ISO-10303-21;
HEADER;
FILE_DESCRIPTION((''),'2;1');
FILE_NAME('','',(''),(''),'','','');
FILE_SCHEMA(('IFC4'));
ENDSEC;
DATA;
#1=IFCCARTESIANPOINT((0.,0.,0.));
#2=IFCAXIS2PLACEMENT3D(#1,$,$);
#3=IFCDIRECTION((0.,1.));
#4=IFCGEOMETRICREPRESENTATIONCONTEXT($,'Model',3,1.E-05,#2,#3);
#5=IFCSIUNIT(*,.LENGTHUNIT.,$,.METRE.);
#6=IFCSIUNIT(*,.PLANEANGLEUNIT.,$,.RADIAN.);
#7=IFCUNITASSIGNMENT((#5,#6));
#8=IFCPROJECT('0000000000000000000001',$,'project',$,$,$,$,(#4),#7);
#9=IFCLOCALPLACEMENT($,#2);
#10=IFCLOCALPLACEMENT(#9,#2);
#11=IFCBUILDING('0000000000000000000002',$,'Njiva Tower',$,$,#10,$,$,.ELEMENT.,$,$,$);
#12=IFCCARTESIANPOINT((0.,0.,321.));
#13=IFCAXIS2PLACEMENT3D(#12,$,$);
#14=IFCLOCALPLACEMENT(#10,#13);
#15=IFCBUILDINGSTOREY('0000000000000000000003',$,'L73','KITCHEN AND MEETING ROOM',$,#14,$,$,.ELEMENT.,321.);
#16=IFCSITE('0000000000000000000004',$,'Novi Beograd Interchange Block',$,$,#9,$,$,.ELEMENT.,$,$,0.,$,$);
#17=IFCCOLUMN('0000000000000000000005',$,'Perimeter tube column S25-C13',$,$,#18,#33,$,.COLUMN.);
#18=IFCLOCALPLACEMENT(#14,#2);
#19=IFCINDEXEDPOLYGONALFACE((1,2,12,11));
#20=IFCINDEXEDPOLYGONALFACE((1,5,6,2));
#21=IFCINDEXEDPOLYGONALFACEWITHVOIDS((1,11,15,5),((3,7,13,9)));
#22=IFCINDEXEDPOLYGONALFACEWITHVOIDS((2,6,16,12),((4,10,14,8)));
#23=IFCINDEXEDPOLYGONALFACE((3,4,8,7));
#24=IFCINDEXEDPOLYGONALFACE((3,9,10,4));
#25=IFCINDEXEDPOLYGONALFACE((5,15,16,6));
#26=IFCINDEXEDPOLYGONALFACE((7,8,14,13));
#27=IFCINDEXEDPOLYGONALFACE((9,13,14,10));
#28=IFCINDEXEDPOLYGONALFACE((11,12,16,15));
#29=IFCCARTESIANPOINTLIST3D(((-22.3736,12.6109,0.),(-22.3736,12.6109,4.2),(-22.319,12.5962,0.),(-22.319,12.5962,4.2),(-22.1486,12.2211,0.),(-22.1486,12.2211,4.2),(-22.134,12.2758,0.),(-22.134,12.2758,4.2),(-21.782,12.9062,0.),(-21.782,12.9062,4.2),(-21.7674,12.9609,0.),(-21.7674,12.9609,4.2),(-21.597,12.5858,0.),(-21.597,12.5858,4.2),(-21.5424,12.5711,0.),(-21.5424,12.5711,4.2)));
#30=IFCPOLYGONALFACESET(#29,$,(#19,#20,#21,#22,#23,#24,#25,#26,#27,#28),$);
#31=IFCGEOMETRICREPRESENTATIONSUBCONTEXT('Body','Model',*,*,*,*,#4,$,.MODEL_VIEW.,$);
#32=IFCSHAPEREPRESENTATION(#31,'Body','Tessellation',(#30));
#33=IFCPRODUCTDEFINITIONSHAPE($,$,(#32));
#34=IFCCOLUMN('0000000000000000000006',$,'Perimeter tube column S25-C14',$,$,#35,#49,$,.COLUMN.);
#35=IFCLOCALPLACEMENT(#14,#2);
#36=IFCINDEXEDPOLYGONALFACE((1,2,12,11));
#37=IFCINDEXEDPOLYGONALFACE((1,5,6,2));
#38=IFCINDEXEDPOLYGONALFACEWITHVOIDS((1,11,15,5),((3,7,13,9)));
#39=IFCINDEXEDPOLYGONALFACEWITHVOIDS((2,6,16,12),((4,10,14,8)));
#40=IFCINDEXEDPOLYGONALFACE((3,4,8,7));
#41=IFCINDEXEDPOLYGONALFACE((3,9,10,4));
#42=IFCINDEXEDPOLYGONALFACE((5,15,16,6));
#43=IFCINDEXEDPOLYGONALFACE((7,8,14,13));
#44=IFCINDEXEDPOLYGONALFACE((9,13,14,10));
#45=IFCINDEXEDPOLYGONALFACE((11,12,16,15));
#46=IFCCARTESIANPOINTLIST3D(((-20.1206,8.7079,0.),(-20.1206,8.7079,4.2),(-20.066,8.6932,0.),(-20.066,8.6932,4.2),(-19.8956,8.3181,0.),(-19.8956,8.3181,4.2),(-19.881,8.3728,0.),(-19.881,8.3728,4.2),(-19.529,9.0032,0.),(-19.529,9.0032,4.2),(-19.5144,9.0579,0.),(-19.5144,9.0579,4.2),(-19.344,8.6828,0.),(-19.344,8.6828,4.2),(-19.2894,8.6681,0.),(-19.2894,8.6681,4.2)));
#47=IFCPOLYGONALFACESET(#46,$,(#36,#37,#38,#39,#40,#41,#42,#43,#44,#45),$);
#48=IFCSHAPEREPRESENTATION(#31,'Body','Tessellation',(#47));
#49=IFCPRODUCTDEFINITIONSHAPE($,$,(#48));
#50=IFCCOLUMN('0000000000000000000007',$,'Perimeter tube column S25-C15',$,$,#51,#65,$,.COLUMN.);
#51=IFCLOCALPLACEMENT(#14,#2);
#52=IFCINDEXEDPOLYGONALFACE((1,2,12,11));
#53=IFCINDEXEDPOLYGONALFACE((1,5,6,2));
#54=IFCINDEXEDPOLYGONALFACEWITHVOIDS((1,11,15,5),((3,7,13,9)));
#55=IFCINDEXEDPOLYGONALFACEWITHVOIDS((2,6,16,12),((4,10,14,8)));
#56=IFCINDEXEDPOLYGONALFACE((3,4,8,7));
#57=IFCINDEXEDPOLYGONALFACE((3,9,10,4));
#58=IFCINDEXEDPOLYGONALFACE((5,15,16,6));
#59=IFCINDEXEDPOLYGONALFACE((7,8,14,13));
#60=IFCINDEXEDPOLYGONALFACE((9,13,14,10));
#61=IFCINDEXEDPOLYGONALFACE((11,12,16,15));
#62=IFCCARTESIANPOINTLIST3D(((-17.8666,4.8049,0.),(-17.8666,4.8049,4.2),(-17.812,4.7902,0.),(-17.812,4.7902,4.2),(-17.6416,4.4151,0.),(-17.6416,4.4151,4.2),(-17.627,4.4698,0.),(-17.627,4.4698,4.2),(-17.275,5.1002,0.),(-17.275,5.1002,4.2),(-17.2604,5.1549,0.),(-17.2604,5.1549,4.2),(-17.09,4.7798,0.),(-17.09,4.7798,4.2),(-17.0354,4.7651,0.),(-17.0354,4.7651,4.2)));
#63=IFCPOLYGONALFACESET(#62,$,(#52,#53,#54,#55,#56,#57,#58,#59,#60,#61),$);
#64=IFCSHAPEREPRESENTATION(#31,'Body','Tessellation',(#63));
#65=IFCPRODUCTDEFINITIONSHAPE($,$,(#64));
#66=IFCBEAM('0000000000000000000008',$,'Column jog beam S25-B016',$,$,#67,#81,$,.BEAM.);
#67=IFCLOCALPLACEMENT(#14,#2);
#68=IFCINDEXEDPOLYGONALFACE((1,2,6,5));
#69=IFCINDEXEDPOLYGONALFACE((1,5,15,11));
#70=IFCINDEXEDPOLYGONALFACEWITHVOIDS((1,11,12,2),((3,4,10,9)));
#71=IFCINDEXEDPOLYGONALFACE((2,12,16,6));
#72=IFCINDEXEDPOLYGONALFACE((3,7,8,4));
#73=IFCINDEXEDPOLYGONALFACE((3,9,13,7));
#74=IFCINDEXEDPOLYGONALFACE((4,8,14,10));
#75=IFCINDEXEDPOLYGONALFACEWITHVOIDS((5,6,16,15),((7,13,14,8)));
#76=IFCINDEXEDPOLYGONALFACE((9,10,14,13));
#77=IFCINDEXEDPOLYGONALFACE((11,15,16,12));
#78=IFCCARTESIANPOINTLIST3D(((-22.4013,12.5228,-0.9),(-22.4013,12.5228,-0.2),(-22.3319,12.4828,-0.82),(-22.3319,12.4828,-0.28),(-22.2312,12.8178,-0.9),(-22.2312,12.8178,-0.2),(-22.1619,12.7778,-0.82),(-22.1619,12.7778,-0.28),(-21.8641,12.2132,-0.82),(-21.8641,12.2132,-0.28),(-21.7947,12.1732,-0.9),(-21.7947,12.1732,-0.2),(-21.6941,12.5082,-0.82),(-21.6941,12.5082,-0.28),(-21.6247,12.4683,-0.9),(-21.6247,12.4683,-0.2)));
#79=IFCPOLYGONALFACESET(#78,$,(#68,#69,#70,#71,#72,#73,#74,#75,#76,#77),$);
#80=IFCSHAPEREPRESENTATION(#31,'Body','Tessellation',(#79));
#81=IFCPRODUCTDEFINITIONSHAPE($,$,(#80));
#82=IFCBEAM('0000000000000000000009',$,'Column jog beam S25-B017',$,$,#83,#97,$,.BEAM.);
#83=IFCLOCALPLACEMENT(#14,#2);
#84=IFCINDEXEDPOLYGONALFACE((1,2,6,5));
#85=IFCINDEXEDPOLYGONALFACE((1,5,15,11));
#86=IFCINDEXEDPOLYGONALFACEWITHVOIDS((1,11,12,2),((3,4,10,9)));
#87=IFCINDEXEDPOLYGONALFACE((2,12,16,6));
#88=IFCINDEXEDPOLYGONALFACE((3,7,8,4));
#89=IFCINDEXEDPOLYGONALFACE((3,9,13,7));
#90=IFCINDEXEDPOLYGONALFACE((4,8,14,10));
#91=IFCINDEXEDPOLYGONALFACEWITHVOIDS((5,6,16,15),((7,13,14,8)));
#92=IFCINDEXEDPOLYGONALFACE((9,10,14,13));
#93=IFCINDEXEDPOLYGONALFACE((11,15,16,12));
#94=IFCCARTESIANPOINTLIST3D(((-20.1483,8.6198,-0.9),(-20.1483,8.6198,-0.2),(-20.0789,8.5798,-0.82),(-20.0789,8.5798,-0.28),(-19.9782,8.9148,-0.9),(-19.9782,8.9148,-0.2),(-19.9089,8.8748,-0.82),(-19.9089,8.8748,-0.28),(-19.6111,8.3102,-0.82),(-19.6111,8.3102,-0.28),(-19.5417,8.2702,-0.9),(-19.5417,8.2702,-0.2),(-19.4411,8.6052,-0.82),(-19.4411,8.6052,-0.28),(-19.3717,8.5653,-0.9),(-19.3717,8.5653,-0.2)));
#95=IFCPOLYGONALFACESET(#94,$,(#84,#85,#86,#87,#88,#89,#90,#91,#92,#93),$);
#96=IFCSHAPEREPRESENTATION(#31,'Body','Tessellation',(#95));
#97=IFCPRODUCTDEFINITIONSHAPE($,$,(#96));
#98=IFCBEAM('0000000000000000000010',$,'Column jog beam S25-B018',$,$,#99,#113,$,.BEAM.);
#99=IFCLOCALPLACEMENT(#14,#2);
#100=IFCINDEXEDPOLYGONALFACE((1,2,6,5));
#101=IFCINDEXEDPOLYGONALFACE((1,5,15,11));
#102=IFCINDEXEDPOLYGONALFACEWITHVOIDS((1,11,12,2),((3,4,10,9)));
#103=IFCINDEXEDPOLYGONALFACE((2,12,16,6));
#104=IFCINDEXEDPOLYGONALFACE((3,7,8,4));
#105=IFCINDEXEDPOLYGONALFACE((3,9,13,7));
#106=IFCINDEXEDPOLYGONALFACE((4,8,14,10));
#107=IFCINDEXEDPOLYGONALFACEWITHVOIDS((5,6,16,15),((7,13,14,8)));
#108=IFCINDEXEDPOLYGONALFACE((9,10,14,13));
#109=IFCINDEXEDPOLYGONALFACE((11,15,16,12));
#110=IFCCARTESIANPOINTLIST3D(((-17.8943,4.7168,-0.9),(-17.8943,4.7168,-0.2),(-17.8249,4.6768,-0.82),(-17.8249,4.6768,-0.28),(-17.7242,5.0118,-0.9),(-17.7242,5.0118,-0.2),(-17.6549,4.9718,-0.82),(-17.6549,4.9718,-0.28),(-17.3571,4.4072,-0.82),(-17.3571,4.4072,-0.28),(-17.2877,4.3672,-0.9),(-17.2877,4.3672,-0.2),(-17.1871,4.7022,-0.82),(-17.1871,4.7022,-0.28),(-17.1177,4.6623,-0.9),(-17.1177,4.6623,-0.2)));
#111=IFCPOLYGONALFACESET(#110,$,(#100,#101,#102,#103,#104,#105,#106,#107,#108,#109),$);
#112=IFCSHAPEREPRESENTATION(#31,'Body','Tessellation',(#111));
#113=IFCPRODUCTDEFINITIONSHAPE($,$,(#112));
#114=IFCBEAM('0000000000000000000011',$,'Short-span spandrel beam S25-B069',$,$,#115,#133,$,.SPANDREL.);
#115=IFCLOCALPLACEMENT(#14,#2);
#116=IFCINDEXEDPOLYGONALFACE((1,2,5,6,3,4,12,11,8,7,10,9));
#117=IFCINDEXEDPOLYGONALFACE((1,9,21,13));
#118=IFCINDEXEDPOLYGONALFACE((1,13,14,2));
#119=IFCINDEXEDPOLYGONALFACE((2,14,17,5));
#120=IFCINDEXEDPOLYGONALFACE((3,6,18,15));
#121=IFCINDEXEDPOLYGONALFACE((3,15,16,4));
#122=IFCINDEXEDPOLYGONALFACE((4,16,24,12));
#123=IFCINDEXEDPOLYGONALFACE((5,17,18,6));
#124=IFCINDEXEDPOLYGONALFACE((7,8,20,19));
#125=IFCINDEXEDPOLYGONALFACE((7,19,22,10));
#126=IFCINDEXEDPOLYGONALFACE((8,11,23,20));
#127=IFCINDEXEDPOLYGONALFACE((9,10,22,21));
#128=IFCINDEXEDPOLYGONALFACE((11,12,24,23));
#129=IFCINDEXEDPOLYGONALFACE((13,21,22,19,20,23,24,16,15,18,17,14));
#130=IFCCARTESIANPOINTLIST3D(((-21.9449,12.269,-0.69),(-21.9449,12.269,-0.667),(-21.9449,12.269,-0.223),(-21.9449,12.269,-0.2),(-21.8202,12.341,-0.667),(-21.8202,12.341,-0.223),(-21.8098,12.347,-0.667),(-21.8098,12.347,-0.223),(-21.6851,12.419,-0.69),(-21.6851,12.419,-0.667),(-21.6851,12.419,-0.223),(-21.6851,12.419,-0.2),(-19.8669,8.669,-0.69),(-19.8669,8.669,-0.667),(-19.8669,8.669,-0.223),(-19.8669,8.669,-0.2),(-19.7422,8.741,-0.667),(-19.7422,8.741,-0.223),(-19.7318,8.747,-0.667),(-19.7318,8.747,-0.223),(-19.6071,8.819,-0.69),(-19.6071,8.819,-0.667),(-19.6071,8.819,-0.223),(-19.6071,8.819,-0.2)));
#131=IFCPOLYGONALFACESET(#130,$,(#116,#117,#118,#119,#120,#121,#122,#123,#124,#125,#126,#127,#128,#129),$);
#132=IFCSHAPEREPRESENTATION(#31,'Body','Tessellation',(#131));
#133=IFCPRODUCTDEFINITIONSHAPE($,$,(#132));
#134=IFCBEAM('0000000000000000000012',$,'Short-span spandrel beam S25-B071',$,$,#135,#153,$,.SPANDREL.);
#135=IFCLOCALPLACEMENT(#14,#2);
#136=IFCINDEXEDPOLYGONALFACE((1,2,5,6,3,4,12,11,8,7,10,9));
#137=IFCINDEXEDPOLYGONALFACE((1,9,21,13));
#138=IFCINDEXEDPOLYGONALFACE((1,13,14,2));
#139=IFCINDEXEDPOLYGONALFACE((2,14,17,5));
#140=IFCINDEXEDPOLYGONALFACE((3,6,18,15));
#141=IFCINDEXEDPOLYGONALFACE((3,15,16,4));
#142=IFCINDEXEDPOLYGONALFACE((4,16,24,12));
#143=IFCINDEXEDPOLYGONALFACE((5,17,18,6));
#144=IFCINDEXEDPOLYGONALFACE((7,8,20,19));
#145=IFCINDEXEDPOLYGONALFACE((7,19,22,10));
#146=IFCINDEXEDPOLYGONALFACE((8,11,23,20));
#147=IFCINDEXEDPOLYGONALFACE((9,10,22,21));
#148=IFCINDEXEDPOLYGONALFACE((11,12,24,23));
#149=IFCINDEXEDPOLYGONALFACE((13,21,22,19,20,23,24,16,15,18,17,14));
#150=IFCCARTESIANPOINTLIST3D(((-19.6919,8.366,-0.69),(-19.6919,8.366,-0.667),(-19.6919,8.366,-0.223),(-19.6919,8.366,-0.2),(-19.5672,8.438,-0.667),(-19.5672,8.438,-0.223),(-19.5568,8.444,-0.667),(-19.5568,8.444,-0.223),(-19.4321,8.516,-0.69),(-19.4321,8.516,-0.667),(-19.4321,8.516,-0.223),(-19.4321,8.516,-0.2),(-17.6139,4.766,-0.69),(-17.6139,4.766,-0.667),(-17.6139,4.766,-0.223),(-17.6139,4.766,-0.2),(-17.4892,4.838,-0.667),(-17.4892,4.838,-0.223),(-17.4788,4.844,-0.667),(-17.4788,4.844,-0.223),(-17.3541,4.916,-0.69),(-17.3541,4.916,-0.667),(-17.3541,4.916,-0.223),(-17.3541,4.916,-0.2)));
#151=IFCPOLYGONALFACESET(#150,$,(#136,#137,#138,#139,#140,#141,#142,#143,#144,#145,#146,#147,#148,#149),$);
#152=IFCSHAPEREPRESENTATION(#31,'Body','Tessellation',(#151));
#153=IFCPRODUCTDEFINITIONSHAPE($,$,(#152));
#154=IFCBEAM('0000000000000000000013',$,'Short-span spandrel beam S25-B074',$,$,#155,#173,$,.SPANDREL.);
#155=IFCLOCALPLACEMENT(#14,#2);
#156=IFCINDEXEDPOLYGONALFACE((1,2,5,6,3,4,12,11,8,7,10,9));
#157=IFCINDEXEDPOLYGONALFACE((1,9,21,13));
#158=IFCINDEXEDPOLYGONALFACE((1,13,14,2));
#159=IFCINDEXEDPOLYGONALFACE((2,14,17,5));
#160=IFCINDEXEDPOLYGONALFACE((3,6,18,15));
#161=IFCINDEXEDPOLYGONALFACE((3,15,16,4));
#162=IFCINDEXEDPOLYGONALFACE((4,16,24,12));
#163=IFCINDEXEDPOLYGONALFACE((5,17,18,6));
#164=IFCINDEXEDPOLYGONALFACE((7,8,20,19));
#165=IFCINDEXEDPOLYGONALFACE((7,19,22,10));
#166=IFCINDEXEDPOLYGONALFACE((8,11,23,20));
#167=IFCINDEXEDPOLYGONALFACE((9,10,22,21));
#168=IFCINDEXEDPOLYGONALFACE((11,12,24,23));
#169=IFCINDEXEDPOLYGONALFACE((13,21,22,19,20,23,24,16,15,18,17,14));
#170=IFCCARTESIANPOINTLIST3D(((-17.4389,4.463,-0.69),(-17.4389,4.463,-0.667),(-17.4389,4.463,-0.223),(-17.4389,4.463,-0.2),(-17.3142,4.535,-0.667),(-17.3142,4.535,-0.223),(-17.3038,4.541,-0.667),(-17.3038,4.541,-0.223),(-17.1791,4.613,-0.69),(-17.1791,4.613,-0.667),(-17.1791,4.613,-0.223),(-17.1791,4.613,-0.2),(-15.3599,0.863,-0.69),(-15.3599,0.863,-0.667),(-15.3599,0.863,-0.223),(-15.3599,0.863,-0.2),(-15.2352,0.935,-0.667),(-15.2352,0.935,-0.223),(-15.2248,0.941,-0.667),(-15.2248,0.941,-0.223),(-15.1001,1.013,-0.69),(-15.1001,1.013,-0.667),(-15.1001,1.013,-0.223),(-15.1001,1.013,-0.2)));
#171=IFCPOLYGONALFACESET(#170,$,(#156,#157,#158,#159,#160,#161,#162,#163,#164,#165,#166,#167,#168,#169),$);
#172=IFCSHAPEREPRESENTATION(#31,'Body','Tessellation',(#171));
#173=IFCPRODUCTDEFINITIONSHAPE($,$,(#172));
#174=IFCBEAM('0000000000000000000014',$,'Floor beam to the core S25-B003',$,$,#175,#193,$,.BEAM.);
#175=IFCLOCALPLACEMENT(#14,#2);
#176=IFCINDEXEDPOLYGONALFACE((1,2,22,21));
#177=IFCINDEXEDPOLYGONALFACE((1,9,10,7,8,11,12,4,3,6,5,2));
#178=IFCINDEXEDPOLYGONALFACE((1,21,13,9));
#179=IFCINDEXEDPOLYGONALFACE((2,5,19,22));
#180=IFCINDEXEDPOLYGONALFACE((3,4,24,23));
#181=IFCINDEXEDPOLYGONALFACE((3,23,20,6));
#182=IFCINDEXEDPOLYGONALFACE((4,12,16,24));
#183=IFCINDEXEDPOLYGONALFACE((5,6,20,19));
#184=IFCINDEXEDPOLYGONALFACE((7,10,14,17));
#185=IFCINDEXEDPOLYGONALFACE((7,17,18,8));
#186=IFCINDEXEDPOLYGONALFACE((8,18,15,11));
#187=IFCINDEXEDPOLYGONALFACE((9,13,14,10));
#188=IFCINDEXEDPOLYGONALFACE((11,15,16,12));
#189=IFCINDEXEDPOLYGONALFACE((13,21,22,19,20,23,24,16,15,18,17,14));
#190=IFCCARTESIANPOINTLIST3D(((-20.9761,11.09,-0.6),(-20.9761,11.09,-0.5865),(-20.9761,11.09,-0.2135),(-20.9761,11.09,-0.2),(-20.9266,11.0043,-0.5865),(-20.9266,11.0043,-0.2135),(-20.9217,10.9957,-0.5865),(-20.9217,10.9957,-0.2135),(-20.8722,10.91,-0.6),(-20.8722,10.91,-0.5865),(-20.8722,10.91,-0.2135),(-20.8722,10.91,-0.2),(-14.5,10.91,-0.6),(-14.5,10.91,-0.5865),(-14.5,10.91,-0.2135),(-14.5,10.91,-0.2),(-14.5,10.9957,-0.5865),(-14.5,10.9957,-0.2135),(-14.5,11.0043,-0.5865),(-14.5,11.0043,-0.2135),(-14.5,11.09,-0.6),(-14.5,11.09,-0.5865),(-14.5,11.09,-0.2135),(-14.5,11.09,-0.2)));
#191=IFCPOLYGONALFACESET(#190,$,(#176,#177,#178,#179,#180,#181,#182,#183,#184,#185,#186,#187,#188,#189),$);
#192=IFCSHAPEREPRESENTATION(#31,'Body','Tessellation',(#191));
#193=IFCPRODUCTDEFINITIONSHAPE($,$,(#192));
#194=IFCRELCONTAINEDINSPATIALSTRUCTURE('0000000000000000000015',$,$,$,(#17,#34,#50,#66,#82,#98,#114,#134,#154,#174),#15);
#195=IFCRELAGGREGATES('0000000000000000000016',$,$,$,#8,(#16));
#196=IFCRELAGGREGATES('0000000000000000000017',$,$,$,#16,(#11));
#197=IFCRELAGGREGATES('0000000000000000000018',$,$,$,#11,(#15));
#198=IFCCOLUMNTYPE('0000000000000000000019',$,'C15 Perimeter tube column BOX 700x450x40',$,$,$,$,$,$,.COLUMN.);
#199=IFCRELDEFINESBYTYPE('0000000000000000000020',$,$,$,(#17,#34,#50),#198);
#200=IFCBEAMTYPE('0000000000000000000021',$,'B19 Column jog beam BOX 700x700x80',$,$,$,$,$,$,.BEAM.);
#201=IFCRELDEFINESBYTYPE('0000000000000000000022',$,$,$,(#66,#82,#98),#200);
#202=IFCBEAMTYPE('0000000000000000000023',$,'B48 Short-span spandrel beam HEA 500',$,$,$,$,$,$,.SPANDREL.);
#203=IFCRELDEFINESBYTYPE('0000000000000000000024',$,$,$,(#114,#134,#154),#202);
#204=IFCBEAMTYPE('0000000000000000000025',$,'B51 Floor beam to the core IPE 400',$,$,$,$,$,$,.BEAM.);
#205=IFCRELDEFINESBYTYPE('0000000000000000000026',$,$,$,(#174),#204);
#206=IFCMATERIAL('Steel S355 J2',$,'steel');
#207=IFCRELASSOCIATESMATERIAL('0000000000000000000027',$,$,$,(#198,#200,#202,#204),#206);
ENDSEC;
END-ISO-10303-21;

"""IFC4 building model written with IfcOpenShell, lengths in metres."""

from ifc_helpers import new_model, si_unit, direction, frame, origin, origin_2d, place, context, subcontext, project, spatial, hollow_rectangle, i_section, extrude, clip, halfspace, material, material_profile, profile_set, type_object, element, save


model = new_model("IFC4")

# Units and contexts
model_context = context("Model", 3, precision=1e-05, world=origin(), true_north=direction((0.0, 1.0)))
body_context = subcontext(model_context, "Body", "Model", "MODEL_VIEW")
ifc_project = project(units=[si_unit("LENGTHUNIT", "METRE"), si_unit("PLANEANGLEUNIT", "RADIAN")], contexts=[model_context])

# Site, building, storey
site_placement = place(None, origin())
site = spatial("IfcSite", under=ifc_project, at=site_placement, Name="Novi Beograd Interchange Block", CompositionType="ELEMENT", RefElevation=0.0)
building_placement = place(site_placement, origin())
building = spatial("IfcBuilding", under=site, at=building_placement, Name="Njiva Tower", CompositionType="ELEMENT")
storey_placement = place(building_placement, frame((0.0, 0.0, 321.0)))
storey = spatial("IfcBuildingStorey", under=building, at=storey_placement, Name="L73", Description="KITCHEN AND MEETING ROOM", CompositionType="ELEMENT", Elevation=321.0)

# Columns
ifc_material_1 = material(Name="Steel S355 J2", Category="steel")
ifc_material_profile_1 = material_profile(ifc_material_1, hollow_rectangle(XDim=0.45, YDim=0.7, WallThickness=0.04, at=origin_2d()), Name="BOX 700x450x40")
ifc_profile_set_1 = profile_set([ifc_material_profile_1], Name="Steel S355 J2")
column_type = type_object("IfcColumnType", Name="C15 Perimeter tube column BOX 700x450x40", PredefinedType="COLUMN", material=ifc_profile_set_1)
for number, where, z_axis, x_axis, name in (
    (1, (-21.958, 12.591, 0.0), (0.0, 0.0, 1.0), (0.5, -0.866025, 0.0), "Perimeter tube column S25-C13"),
    (2, (-19.705, 8.688, 0.0), (0.0, 0.0, 1.0), (0.5, -0.866025, 0.0), "Perimeter tube column S25-C14"),
    (3, (-17.451, 4.785, 0.0), (0.0, 0.0, 1.0), (0.5, -0.866025, 0.0), "Perimeter tube column S25-C15"),
):
    element("IfcColumn", number, at=place(storey_placement, frame(where, z_axis=z_axis, x_axis=x_axis)), inside=storey, type_object=column_type, Name=name, PredefinedType="COLUMN", context=body_context, shape_type="SweptSolid", body=[
        extrude(hollow_rectangle(XDim=0.45, YDim=0.7, WallThickness=0.04, at=origin_2d()), origin(), (0.0, 0.0, 1.0), 4.2),
    ])

# Beams
ifc_material_profile_2 = material_profile(ifc_material_1, hollow_rectangle(XDim=0.7, YDim=0.7, WallThickness=0.08, at=origin_2d()), Name="BOX 700x700x80")
ifc_profile_set_2 = profile_set([ifc_material_profile_2], Name="Steel S355 J2")
beam_type_1 = type_object("IfcBeamType", Name="B19 Column jog beam BOX 700x700x80", PredefinedType="BEAM", material=ifc_profile_set_2)
for number, where, z_axis, x_axis, name in (
    (4, (-22.098, 12.348, -0.55), (0.499299, 0.86643, 0.0), (-0.86643, 0.499299, 0.0), "Column jog beam S25-B016"),
    (5, (-19.845, 8.445, -0.55), (0.499299, 0.86643, 0.0), (-0.86643, 0.499299, 0.0), "Column jog beam S25-B017"),
    (6, (-17.591, 4.542, -0.55), (0.499299, 0.86643, 0.0), (-0.86643, 0.499299, 0.0), "Column jog beam S25-B018"),
):
    element("IfcBeam", number, at=place(storey_placement, frame(where, z_axis=z_axis, x_axis=x_axis)), inside=storey, type_object=beam_type_1, Name=name, PredefinedType="BEAM", context=body_context, shape_type="SweptSolid", body=[
        extrude(hollow_rectangle(XDim=0.7, YDim=0.7, WallThickness=0.08, at=origin_2d()), origin(), (0.0, 0.0, 1.0), 0.3405),
    ])
ifc_material_profile_3 = material_profile(ifc_material_1, i_section(OverallWidth=0.3, OverallDepth=0.49, WebThickness=0.012, FlangeThickness=0.023, at=origin_2d()), Name="HEA 500")
ifc_profile_set_3 = profile_set([ifc_material_profile_3], Name="Steel S355 J2")
beam_type_2 = type_object("IfcBeamType", Name="B48 Short-span spandrel beam HEA 500", PredefinedType="SPANDREL", material=ifc_profile_set_3)
for number, where, z_axis, x_axis, name in (
    (7, (-21.815, 12.344, -0.445), (0.499917, -0.866073, 0.0), (0.866073, 0.499917, 0.0), "Short-span spandrel beam S25-B069"),
    (8, (-19.562, 8.441, -0.445), (0.499917, -0.866073, 0.0), (0.866073, 0.499917, 0.0), "Short-span spandrel beam S25-B071"),
):
    element("IfcBeam", number, at=place(storey_placement, frame(where, z_axis=z_axis, x_axis=x_axis)), inside=storey, type_object=beam_type_2, Name=name, PredefinedType="SPANDREL", context=body_context, shape_type="SweptSolid", body=[
        extrude(i_section(OverallWidth=0.3, OverallDepth=0.49, WebThickness=0.012, FlangeThickness=0.023, at=origin_2d()), origin(), (0.0, 0.0, 1.0), 4.1567),
    ])
beam_1_placement = place(storey_placement, frame((-17.309, 4.538, -0.445), z_axis=(0.500097, -0.865969, 0.0), x_axis=(0.865969, 0.500097, 0.0)))
element("IfcBeam", 9, at=beam_1_placement, inside=storey, type_object=beam_type_2, Name="Short-span spandrel beam S25-B074", PredefinedType="SPANDREL", context=body_context, shape_type="SweptSolid", body=[
    extrude(i_section(OverallWidth=0.3, OverallDepth=0.49, WebThickness=0.012, FlangeThickness=0.023, at=origin_2d()), origin(), (0.0, 0.0, 1.0), 4.1572),
])
ifc_material_profile_4 = material_profile(ifc_material_1, i_section(OverallWidth=0.18, OverallDepth=0.4, WebThickness=0.0086, FlangeThickness=0.0135, at=origin_2d()), Name="IPE 400")
ifc_profile_set_4 = profile_set([ifc_material_profile_4], Name="Steel S355 J2")
beam_type_3 = type_object("IfcBeamType", Name="B51 Floor beam to the core IPE 400", PredefinedType="BEAM", material=ifc_profile_set_4)
beam_2_placement = place(storey_placement, frame((-20.996, 11.0, -0.4), z_axis=(1.0, 0.0, 0.0), x_axis=(0.0, 1.0, 0.0)))
element("IfcBeam", 10, at=beam_2_placement, inside=storey, type_object=beam_type_3, Name="Floor beam to the core S25-B003", PredefinedType="BEAM", context=body_context, shape_type="Clipping", body=[
    clip(extrude(i_section(OverallWidth=0.18, OverallDepth=0.4, WebThickness=0.0086, FlangeThickness=0.0135, at=origin_2d()), origin(), (0.0, 0.0, 1.0), 6.496), halfspace(frame((-0.025, 0.0, 0.0863), z_axis=(-0.499998, 0.0, -0.866027), x_axis=(0.0, -1.0, 0.0)), False)),
])

save(model, "model.ifc")
